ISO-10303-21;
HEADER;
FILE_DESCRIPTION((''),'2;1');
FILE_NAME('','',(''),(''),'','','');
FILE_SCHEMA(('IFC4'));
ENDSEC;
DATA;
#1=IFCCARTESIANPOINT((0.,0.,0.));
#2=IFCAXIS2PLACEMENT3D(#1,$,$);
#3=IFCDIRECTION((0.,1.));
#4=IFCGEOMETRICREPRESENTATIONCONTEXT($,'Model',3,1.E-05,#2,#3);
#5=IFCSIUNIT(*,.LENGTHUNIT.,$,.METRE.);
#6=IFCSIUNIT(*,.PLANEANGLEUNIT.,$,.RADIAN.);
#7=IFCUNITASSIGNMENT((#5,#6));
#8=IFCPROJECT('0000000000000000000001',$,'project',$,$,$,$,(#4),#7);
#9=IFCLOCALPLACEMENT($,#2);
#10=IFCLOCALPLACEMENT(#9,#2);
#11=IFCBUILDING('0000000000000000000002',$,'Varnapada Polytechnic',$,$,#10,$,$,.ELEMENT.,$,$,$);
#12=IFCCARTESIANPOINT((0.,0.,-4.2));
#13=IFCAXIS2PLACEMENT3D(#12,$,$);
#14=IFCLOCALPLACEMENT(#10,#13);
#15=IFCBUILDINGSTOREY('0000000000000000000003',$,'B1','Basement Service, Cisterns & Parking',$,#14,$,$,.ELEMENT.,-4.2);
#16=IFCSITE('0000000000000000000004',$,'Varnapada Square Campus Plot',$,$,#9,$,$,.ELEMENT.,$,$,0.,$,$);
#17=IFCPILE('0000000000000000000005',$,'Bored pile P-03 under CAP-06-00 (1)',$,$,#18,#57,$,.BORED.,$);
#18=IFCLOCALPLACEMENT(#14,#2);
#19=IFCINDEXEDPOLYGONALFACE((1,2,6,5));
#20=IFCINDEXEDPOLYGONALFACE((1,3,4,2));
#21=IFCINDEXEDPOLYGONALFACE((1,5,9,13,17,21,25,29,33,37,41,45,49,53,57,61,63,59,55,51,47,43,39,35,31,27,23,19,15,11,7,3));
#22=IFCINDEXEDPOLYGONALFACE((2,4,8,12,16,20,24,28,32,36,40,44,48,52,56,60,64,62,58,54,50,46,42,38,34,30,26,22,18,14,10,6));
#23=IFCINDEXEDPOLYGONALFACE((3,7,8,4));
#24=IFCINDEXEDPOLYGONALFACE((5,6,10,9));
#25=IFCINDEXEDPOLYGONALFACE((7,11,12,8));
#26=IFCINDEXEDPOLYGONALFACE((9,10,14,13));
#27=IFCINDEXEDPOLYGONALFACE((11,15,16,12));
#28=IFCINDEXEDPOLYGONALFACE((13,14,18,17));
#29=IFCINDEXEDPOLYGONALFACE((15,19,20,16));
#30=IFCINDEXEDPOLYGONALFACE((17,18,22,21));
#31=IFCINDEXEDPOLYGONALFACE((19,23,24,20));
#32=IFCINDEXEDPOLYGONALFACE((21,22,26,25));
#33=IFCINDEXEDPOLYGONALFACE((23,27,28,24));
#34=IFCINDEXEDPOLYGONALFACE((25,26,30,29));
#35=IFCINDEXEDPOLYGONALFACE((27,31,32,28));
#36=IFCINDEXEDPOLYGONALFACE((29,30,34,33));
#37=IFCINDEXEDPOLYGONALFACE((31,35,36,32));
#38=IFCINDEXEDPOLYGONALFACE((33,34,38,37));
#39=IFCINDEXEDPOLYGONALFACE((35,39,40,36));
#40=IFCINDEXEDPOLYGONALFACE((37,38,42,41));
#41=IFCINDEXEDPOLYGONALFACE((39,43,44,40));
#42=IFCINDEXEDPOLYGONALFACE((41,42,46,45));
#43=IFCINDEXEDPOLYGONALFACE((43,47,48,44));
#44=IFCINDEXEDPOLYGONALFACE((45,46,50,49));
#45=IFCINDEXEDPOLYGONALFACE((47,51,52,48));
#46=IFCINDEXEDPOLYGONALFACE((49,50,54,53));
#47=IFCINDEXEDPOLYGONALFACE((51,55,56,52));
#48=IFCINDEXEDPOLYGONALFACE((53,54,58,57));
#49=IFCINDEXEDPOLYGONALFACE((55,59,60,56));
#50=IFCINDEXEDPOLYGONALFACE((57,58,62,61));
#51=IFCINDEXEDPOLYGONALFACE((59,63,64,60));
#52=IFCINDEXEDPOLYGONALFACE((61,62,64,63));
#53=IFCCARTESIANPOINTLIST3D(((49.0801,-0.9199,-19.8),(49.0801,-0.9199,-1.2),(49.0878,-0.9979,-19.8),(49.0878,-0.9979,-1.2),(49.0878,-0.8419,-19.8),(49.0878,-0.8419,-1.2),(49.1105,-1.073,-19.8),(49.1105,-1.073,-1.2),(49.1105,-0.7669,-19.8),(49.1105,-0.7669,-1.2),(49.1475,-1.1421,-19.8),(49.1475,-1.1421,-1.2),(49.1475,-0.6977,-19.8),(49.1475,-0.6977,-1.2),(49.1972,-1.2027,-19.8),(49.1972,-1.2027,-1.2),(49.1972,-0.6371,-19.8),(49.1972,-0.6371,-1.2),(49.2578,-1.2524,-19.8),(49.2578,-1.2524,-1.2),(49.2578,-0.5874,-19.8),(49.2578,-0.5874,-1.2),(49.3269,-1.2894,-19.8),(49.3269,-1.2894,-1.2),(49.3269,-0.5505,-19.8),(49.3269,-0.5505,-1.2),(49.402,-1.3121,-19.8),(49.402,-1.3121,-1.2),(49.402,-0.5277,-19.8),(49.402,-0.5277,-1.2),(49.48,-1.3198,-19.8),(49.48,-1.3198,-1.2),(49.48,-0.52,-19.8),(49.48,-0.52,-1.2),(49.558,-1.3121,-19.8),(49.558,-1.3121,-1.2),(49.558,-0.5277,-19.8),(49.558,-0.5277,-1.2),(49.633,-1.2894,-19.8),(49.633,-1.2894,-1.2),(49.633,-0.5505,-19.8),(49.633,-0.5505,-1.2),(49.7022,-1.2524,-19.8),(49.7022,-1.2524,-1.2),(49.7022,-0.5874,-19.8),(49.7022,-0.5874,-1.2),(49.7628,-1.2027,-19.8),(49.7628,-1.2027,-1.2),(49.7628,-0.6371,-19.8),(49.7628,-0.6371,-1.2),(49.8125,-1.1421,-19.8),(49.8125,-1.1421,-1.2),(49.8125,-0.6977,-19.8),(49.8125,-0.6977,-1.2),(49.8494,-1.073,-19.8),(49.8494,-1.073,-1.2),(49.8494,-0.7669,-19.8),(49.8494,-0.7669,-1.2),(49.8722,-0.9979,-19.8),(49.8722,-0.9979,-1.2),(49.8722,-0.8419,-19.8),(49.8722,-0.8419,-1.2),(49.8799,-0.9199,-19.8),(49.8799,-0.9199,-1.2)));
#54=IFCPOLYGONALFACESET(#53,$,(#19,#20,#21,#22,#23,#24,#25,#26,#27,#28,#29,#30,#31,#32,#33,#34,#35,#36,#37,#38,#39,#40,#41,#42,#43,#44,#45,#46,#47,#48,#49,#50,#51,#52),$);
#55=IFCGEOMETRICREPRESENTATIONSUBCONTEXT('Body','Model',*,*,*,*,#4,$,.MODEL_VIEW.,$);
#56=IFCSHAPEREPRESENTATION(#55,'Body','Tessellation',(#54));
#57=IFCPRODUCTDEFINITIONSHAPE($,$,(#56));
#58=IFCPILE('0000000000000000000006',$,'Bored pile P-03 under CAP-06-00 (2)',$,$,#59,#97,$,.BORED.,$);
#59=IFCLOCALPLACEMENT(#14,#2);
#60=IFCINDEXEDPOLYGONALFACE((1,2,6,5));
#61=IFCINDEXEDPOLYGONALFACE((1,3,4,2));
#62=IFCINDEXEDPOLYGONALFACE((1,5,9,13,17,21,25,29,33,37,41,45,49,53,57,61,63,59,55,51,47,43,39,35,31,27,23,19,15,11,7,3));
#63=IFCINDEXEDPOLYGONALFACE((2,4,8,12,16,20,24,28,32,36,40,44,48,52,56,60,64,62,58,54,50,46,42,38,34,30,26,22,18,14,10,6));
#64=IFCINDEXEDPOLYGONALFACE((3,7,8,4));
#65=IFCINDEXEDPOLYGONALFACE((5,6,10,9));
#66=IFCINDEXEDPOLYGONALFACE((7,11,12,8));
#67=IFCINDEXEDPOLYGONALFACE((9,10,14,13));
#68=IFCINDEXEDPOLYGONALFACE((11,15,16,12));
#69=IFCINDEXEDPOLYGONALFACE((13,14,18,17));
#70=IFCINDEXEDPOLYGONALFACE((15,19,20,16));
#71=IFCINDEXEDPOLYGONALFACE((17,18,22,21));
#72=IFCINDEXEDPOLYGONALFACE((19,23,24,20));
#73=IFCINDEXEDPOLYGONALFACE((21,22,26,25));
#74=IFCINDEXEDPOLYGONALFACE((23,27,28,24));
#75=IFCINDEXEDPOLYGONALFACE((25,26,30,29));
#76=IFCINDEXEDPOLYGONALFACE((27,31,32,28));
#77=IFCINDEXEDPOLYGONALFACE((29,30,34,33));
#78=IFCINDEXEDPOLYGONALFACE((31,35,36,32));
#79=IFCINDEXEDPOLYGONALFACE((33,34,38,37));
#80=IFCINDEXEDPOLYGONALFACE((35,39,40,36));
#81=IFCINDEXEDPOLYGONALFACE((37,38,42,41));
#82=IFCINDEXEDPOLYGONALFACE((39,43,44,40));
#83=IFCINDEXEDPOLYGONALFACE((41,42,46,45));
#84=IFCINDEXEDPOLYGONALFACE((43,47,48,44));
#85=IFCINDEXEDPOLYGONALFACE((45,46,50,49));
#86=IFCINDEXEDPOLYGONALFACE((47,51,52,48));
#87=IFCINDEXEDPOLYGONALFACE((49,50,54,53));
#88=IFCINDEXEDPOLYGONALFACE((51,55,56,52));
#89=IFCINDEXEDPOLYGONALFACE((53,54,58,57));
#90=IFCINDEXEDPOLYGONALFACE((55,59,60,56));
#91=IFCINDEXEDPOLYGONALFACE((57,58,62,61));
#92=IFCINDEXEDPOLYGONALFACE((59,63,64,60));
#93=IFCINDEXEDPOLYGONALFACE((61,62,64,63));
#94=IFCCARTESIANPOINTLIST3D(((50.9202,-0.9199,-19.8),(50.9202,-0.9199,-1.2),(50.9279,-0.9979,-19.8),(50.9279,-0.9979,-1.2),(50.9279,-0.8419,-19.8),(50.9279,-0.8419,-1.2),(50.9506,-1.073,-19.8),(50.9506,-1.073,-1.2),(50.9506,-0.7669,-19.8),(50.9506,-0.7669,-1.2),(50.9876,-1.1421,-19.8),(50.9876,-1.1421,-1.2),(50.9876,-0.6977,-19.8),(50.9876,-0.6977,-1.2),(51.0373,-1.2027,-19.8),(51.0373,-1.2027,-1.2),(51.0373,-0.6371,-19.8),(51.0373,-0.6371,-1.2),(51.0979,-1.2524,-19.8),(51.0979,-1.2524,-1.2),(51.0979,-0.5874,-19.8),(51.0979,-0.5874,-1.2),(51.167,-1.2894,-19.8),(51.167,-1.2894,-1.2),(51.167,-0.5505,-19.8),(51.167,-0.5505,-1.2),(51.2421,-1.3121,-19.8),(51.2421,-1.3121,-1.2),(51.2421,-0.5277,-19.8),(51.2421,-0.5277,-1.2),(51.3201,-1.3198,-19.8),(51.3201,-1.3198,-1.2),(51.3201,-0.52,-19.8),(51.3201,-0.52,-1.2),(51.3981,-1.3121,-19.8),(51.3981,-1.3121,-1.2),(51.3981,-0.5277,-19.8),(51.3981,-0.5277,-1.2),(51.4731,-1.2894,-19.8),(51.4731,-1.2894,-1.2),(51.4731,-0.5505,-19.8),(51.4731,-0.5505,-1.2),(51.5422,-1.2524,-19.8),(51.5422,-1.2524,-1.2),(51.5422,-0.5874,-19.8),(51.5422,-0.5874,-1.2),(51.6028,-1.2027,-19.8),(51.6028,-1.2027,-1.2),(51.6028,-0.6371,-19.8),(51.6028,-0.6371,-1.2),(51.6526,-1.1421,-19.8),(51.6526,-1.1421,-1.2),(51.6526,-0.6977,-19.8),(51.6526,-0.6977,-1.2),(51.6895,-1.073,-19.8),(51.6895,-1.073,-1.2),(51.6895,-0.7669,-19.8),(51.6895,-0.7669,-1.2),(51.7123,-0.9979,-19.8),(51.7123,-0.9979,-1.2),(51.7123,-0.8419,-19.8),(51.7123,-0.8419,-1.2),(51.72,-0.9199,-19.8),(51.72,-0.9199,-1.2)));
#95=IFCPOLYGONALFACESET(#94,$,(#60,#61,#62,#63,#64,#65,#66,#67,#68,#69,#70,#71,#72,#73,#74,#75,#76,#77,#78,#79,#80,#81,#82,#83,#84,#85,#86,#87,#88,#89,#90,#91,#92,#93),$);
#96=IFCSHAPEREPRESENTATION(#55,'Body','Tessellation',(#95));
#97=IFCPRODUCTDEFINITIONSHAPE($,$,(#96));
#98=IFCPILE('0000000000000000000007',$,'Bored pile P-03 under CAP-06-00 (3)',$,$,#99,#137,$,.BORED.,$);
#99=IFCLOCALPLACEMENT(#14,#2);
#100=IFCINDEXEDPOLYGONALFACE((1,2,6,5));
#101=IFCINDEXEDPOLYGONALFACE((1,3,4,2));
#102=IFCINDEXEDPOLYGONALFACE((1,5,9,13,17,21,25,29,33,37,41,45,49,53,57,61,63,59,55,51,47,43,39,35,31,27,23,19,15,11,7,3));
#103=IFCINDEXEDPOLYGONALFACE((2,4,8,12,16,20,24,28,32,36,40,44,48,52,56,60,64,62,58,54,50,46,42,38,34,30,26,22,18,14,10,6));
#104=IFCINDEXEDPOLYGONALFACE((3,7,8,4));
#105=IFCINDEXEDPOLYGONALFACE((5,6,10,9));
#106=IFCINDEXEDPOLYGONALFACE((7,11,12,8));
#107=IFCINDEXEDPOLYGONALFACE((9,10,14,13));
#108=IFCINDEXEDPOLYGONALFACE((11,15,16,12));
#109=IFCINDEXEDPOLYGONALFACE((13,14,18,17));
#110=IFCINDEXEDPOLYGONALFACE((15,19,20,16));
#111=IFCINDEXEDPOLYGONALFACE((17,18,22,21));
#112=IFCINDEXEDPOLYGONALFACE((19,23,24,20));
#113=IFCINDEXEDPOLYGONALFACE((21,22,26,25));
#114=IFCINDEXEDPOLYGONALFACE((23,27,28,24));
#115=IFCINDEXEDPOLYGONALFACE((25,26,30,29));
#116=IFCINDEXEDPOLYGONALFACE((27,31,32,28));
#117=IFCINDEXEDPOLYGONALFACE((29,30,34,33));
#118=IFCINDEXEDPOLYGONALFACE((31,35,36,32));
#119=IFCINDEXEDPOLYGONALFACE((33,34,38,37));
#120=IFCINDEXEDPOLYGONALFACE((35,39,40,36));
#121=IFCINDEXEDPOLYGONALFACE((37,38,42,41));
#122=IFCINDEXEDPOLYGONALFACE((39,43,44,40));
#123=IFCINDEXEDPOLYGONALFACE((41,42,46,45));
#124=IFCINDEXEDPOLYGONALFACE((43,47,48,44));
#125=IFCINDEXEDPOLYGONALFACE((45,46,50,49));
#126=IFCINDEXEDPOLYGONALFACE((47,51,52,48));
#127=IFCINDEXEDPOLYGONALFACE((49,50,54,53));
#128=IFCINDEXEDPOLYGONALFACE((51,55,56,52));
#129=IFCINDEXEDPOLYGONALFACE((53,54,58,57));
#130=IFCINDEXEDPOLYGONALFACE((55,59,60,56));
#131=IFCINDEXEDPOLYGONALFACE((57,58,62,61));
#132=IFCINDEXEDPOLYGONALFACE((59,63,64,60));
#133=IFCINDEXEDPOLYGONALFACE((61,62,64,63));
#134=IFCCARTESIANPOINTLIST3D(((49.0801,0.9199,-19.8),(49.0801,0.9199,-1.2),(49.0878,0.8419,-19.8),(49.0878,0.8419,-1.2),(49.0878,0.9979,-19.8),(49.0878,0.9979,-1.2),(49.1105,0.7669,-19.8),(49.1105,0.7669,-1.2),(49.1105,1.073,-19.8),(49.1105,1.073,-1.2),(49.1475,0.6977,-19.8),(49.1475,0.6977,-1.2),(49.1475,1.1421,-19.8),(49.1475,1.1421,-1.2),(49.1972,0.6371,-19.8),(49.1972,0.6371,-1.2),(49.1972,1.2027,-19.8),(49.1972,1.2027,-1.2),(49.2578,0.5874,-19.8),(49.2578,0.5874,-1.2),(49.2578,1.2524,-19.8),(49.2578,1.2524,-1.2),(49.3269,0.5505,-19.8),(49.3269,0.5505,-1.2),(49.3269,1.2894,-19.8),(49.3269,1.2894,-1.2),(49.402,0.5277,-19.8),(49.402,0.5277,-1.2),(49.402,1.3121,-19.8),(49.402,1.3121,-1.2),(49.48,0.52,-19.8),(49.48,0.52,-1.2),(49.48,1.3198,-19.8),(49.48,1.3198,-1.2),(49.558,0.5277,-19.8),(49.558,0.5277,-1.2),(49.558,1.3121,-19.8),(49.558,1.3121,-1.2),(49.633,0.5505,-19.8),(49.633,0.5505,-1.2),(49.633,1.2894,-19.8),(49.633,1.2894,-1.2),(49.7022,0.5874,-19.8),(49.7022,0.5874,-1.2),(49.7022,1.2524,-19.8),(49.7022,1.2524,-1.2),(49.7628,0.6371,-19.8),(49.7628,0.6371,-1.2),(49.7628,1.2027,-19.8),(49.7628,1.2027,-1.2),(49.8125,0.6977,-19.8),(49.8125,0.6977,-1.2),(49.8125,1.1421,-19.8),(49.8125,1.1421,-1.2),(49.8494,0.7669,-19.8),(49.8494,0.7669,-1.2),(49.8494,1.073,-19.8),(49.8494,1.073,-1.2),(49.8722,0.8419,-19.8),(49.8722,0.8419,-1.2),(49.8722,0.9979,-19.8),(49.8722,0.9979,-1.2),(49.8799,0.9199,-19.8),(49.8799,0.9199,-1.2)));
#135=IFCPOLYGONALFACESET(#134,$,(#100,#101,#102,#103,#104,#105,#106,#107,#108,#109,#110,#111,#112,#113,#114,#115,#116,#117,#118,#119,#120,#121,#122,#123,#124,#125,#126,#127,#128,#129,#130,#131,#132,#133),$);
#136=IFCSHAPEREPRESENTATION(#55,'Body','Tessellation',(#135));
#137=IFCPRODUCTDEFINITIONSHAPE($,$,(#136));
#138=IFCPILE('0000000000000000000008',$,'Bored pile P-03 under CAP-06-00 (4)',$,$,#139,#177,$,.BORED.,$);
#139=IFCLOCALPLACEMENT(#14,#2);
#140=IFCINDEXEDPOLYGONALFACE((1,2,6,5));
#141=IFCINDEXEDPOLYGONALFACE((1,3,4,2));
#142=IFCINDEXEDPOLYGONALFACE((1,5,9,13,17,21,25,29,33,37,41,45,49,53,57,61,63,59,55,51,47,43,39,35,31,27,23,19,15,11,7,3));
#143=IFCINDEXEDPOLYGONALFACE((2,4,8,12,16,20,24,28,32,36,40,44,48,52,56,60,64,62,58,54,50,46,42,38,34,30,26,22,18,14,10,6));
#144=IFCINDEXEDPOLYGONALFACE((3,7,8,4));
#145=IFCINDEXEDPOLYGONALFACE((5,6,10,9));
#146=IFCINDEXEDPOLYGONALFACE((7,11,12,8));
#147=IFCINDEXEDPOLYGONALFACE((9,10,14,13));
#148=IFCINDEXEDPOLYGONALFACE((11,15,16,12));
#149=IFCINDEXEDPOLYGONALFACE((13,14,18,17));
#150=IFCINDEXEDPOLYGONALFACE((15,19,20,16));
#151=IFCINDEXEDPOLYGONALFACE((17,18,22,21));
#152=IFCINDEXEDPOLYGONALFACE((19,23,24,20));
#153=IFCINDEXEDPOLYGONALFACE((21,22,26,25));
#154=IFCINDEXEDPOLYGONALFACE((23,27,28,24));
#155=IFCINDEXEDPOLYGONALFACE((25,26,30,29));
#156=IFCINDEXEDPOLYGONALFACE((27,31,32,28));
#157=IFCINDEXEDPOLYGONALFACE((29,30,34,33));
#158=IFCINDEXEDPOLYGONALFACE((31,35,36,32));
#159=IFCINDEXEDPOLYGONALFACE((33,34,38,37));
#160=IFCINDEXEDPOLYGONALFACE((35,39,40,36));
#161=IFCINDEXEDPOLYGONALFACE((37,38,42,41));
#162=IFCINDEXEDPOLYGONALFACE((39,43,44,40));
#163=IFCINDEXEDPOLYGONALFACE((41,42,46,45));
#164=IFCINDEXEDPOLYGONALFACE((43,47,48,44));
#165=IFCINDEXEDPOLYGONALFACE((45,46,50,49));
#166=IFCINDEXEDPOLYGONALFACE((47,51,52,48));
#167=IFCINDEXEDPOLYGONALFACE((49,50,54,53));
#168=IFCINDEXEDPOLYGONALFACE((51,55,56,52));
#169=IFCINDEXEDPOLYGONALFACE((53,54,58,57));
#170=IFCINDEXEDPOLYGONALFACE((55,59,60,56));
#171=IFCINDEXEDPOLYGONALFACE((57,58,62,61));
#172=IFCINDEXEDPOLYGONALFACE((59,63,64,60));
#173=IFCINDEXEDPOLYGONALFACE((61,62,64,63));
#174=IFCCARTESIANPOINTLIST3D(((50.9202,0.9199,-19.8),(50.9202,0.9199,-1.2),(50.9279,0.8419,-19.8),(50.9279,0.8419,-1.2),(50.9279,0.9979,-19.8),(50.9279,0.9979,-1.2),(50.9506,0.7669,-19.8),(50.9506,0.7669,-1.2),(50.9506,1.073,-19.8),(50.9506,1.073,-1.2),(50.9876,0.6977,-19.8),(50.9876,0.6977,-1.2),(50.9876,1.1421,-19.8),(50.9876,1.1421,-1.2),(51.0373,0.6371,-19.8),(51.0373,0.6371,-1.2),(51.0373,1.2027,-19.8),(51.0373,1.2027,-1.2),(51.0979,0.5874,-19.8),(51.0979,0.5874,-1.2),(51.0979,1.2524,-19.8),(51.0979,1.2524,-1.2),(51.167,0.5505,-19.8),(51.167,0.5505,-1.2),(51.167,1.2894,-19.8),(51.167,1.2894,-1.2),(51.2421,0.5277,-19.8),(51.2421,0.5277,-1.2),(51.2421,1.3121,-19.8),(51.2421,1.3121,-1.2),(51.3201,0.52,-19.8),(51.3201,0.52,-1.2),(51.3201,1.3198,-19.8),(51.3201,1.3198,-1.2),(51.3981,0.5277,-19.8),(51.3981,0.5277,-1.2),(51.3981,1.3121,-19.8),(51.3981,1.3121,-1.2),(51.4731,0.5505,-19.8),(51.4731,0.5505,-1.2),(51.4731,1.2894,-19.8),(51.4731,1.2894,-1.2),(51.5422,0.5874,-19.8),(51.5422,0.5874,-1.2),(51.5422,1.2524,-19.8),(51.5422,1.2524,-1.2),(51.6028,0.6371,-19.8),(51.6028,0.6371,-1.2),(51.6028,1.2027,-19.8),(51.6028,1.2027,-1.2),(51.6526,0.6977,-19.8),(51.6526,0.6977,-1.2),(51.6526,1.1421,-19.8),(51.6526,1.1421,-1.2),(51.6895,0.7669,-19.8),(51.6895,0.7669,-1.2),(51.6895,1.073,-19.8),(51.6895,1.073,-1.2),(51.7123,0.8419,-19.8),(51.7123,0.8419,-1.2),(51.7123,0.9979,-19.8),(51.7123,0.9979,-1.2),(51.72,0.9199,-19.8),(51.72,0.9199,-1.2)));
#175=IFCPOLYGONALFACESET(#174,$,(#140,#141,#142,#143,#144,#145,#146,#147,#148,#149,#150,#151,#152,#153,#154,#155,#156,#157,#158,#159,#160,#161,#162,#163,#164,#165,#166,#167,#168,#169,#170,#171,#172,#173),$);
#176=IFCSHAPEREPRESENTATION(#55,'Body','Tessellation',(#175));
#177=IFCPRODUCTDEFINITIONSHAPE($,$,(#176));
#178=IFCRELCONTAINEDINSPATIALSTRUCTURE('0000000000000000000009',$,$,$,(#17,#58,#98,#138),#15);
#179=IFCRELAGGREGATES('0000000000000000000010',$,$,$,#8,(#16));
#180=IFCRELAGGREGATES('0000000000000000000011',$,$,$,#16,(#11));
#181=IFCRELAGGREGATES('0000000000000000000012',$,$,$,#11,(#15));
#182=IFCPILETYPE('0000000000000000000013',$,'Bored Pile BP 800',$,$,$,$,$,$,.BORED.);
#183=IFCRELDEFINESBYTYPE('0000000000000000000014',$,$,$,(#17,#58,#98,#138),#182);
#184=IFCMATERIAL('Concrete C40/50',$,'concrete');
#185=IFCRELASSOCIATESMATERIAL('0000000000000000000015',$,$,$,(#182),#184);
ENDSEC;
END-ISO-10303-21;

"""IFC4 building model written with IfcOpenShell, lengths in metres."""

from ifc_helpers import new_model, si_unit, direction, frame, origin, origin_2d, place, context, subcontext, project, spatial, circle, extrude, material, material_profile, profile_set, type_object, element, save


model = new_model("IFC4")

# Units and contexts
model_context = context("Model", 3, precision=1e-05, world=origin(), true_north=direction((0.0, 1.0)))
body_context = subcontext(model_context, "Body", "Model", "MODEL_VIEW")
ifc_project = project(units=[si_unit("LENGTHUNIT", "METRE"), si_unit("PLANEANGLEUNIT", "RADIAN")], contexts=[model_context])

# Site, building, storey
site_placement = place(None, origin())
site = spatial("IfcSite", under=ifc_project, at=site_placement, Name="Varnapada Square Campus Plot", CompositionType="ELEMENT", RefElevation=0.0)
building_placement = place(site_placement, origin())
building = spatial("IfcBuilding", under=site, at=building_placement, Name="Varnapada Polytechnic", CompositionType="ELEMENT")
storey_placement = place(building_placement, frame((0.0, 0.0, -4.2)))
storey = spatial("IfcBuildingStorey", under=building, at=storey_placement, Name="B1", Description="Basement Service, Cisterns & Parking", CompositionType="ELEMENT", Elevation=-4.2)

# Piles
ifc_material_1 = material(Name="Concrete C40/50", Category="concrete")
ifc_material_profile_1 = material_profile(ifc_material_1, circle(Radius=0.3999, at=origin_2d()), Name="BP 800")
ifc_profile_set_1 = profile_set([ifc_material_profile_1], Name="Concrete C40/50")
pile_type_1 = type_object("IfcPileType", Name="Bored Pile BP 800", PredefinedType="BORED", material=ifc_profile_set_1)
for number, where, z_axis, x_axis, name in (
    (1, (49.48, -0.9199, -1.2), (0.0, 0.0, -1.0), (1.0, 0.0, 0.0), "Bored pile P-03 under CAP-06-00 (1)"),
    (2, (51.3201, -0.9199, -1.2), (0.0, 0.0, -1.0), (1.0, 0.0, 0.0), "Bored pile P-03 under CAP-06-00 (2)"),
    (3, (49.48, 0.9199, -1.2), (0.0, 0.0, -1.0), (1.0, 0.0, 0.0), "Bored pile P-03 under CAP-06-00 (3)"),
    (4, (51.3201, 0.9199, -1.2), (0.0, 0.0, -1.0), (1.0, 0.0, 0.0), "Bored pile P-03 under CAP-06-00 (4)"),
):
    element("IfcPile", number, at=place(storey_placement, frame(where, z_axis=z_axis, x_axis=x_axis)), inside=storey, type_object=pile_type_1, Name=name, PredefinedType="BORED", context=body_context, shape_type="SweptSolid", body=[
        extrude(circle(Radius=0.3999, at=origin_2d()), origin(), (0.0, 0.0, 1.0), 18.6001),
    ])

save(model, "model.ifc")
